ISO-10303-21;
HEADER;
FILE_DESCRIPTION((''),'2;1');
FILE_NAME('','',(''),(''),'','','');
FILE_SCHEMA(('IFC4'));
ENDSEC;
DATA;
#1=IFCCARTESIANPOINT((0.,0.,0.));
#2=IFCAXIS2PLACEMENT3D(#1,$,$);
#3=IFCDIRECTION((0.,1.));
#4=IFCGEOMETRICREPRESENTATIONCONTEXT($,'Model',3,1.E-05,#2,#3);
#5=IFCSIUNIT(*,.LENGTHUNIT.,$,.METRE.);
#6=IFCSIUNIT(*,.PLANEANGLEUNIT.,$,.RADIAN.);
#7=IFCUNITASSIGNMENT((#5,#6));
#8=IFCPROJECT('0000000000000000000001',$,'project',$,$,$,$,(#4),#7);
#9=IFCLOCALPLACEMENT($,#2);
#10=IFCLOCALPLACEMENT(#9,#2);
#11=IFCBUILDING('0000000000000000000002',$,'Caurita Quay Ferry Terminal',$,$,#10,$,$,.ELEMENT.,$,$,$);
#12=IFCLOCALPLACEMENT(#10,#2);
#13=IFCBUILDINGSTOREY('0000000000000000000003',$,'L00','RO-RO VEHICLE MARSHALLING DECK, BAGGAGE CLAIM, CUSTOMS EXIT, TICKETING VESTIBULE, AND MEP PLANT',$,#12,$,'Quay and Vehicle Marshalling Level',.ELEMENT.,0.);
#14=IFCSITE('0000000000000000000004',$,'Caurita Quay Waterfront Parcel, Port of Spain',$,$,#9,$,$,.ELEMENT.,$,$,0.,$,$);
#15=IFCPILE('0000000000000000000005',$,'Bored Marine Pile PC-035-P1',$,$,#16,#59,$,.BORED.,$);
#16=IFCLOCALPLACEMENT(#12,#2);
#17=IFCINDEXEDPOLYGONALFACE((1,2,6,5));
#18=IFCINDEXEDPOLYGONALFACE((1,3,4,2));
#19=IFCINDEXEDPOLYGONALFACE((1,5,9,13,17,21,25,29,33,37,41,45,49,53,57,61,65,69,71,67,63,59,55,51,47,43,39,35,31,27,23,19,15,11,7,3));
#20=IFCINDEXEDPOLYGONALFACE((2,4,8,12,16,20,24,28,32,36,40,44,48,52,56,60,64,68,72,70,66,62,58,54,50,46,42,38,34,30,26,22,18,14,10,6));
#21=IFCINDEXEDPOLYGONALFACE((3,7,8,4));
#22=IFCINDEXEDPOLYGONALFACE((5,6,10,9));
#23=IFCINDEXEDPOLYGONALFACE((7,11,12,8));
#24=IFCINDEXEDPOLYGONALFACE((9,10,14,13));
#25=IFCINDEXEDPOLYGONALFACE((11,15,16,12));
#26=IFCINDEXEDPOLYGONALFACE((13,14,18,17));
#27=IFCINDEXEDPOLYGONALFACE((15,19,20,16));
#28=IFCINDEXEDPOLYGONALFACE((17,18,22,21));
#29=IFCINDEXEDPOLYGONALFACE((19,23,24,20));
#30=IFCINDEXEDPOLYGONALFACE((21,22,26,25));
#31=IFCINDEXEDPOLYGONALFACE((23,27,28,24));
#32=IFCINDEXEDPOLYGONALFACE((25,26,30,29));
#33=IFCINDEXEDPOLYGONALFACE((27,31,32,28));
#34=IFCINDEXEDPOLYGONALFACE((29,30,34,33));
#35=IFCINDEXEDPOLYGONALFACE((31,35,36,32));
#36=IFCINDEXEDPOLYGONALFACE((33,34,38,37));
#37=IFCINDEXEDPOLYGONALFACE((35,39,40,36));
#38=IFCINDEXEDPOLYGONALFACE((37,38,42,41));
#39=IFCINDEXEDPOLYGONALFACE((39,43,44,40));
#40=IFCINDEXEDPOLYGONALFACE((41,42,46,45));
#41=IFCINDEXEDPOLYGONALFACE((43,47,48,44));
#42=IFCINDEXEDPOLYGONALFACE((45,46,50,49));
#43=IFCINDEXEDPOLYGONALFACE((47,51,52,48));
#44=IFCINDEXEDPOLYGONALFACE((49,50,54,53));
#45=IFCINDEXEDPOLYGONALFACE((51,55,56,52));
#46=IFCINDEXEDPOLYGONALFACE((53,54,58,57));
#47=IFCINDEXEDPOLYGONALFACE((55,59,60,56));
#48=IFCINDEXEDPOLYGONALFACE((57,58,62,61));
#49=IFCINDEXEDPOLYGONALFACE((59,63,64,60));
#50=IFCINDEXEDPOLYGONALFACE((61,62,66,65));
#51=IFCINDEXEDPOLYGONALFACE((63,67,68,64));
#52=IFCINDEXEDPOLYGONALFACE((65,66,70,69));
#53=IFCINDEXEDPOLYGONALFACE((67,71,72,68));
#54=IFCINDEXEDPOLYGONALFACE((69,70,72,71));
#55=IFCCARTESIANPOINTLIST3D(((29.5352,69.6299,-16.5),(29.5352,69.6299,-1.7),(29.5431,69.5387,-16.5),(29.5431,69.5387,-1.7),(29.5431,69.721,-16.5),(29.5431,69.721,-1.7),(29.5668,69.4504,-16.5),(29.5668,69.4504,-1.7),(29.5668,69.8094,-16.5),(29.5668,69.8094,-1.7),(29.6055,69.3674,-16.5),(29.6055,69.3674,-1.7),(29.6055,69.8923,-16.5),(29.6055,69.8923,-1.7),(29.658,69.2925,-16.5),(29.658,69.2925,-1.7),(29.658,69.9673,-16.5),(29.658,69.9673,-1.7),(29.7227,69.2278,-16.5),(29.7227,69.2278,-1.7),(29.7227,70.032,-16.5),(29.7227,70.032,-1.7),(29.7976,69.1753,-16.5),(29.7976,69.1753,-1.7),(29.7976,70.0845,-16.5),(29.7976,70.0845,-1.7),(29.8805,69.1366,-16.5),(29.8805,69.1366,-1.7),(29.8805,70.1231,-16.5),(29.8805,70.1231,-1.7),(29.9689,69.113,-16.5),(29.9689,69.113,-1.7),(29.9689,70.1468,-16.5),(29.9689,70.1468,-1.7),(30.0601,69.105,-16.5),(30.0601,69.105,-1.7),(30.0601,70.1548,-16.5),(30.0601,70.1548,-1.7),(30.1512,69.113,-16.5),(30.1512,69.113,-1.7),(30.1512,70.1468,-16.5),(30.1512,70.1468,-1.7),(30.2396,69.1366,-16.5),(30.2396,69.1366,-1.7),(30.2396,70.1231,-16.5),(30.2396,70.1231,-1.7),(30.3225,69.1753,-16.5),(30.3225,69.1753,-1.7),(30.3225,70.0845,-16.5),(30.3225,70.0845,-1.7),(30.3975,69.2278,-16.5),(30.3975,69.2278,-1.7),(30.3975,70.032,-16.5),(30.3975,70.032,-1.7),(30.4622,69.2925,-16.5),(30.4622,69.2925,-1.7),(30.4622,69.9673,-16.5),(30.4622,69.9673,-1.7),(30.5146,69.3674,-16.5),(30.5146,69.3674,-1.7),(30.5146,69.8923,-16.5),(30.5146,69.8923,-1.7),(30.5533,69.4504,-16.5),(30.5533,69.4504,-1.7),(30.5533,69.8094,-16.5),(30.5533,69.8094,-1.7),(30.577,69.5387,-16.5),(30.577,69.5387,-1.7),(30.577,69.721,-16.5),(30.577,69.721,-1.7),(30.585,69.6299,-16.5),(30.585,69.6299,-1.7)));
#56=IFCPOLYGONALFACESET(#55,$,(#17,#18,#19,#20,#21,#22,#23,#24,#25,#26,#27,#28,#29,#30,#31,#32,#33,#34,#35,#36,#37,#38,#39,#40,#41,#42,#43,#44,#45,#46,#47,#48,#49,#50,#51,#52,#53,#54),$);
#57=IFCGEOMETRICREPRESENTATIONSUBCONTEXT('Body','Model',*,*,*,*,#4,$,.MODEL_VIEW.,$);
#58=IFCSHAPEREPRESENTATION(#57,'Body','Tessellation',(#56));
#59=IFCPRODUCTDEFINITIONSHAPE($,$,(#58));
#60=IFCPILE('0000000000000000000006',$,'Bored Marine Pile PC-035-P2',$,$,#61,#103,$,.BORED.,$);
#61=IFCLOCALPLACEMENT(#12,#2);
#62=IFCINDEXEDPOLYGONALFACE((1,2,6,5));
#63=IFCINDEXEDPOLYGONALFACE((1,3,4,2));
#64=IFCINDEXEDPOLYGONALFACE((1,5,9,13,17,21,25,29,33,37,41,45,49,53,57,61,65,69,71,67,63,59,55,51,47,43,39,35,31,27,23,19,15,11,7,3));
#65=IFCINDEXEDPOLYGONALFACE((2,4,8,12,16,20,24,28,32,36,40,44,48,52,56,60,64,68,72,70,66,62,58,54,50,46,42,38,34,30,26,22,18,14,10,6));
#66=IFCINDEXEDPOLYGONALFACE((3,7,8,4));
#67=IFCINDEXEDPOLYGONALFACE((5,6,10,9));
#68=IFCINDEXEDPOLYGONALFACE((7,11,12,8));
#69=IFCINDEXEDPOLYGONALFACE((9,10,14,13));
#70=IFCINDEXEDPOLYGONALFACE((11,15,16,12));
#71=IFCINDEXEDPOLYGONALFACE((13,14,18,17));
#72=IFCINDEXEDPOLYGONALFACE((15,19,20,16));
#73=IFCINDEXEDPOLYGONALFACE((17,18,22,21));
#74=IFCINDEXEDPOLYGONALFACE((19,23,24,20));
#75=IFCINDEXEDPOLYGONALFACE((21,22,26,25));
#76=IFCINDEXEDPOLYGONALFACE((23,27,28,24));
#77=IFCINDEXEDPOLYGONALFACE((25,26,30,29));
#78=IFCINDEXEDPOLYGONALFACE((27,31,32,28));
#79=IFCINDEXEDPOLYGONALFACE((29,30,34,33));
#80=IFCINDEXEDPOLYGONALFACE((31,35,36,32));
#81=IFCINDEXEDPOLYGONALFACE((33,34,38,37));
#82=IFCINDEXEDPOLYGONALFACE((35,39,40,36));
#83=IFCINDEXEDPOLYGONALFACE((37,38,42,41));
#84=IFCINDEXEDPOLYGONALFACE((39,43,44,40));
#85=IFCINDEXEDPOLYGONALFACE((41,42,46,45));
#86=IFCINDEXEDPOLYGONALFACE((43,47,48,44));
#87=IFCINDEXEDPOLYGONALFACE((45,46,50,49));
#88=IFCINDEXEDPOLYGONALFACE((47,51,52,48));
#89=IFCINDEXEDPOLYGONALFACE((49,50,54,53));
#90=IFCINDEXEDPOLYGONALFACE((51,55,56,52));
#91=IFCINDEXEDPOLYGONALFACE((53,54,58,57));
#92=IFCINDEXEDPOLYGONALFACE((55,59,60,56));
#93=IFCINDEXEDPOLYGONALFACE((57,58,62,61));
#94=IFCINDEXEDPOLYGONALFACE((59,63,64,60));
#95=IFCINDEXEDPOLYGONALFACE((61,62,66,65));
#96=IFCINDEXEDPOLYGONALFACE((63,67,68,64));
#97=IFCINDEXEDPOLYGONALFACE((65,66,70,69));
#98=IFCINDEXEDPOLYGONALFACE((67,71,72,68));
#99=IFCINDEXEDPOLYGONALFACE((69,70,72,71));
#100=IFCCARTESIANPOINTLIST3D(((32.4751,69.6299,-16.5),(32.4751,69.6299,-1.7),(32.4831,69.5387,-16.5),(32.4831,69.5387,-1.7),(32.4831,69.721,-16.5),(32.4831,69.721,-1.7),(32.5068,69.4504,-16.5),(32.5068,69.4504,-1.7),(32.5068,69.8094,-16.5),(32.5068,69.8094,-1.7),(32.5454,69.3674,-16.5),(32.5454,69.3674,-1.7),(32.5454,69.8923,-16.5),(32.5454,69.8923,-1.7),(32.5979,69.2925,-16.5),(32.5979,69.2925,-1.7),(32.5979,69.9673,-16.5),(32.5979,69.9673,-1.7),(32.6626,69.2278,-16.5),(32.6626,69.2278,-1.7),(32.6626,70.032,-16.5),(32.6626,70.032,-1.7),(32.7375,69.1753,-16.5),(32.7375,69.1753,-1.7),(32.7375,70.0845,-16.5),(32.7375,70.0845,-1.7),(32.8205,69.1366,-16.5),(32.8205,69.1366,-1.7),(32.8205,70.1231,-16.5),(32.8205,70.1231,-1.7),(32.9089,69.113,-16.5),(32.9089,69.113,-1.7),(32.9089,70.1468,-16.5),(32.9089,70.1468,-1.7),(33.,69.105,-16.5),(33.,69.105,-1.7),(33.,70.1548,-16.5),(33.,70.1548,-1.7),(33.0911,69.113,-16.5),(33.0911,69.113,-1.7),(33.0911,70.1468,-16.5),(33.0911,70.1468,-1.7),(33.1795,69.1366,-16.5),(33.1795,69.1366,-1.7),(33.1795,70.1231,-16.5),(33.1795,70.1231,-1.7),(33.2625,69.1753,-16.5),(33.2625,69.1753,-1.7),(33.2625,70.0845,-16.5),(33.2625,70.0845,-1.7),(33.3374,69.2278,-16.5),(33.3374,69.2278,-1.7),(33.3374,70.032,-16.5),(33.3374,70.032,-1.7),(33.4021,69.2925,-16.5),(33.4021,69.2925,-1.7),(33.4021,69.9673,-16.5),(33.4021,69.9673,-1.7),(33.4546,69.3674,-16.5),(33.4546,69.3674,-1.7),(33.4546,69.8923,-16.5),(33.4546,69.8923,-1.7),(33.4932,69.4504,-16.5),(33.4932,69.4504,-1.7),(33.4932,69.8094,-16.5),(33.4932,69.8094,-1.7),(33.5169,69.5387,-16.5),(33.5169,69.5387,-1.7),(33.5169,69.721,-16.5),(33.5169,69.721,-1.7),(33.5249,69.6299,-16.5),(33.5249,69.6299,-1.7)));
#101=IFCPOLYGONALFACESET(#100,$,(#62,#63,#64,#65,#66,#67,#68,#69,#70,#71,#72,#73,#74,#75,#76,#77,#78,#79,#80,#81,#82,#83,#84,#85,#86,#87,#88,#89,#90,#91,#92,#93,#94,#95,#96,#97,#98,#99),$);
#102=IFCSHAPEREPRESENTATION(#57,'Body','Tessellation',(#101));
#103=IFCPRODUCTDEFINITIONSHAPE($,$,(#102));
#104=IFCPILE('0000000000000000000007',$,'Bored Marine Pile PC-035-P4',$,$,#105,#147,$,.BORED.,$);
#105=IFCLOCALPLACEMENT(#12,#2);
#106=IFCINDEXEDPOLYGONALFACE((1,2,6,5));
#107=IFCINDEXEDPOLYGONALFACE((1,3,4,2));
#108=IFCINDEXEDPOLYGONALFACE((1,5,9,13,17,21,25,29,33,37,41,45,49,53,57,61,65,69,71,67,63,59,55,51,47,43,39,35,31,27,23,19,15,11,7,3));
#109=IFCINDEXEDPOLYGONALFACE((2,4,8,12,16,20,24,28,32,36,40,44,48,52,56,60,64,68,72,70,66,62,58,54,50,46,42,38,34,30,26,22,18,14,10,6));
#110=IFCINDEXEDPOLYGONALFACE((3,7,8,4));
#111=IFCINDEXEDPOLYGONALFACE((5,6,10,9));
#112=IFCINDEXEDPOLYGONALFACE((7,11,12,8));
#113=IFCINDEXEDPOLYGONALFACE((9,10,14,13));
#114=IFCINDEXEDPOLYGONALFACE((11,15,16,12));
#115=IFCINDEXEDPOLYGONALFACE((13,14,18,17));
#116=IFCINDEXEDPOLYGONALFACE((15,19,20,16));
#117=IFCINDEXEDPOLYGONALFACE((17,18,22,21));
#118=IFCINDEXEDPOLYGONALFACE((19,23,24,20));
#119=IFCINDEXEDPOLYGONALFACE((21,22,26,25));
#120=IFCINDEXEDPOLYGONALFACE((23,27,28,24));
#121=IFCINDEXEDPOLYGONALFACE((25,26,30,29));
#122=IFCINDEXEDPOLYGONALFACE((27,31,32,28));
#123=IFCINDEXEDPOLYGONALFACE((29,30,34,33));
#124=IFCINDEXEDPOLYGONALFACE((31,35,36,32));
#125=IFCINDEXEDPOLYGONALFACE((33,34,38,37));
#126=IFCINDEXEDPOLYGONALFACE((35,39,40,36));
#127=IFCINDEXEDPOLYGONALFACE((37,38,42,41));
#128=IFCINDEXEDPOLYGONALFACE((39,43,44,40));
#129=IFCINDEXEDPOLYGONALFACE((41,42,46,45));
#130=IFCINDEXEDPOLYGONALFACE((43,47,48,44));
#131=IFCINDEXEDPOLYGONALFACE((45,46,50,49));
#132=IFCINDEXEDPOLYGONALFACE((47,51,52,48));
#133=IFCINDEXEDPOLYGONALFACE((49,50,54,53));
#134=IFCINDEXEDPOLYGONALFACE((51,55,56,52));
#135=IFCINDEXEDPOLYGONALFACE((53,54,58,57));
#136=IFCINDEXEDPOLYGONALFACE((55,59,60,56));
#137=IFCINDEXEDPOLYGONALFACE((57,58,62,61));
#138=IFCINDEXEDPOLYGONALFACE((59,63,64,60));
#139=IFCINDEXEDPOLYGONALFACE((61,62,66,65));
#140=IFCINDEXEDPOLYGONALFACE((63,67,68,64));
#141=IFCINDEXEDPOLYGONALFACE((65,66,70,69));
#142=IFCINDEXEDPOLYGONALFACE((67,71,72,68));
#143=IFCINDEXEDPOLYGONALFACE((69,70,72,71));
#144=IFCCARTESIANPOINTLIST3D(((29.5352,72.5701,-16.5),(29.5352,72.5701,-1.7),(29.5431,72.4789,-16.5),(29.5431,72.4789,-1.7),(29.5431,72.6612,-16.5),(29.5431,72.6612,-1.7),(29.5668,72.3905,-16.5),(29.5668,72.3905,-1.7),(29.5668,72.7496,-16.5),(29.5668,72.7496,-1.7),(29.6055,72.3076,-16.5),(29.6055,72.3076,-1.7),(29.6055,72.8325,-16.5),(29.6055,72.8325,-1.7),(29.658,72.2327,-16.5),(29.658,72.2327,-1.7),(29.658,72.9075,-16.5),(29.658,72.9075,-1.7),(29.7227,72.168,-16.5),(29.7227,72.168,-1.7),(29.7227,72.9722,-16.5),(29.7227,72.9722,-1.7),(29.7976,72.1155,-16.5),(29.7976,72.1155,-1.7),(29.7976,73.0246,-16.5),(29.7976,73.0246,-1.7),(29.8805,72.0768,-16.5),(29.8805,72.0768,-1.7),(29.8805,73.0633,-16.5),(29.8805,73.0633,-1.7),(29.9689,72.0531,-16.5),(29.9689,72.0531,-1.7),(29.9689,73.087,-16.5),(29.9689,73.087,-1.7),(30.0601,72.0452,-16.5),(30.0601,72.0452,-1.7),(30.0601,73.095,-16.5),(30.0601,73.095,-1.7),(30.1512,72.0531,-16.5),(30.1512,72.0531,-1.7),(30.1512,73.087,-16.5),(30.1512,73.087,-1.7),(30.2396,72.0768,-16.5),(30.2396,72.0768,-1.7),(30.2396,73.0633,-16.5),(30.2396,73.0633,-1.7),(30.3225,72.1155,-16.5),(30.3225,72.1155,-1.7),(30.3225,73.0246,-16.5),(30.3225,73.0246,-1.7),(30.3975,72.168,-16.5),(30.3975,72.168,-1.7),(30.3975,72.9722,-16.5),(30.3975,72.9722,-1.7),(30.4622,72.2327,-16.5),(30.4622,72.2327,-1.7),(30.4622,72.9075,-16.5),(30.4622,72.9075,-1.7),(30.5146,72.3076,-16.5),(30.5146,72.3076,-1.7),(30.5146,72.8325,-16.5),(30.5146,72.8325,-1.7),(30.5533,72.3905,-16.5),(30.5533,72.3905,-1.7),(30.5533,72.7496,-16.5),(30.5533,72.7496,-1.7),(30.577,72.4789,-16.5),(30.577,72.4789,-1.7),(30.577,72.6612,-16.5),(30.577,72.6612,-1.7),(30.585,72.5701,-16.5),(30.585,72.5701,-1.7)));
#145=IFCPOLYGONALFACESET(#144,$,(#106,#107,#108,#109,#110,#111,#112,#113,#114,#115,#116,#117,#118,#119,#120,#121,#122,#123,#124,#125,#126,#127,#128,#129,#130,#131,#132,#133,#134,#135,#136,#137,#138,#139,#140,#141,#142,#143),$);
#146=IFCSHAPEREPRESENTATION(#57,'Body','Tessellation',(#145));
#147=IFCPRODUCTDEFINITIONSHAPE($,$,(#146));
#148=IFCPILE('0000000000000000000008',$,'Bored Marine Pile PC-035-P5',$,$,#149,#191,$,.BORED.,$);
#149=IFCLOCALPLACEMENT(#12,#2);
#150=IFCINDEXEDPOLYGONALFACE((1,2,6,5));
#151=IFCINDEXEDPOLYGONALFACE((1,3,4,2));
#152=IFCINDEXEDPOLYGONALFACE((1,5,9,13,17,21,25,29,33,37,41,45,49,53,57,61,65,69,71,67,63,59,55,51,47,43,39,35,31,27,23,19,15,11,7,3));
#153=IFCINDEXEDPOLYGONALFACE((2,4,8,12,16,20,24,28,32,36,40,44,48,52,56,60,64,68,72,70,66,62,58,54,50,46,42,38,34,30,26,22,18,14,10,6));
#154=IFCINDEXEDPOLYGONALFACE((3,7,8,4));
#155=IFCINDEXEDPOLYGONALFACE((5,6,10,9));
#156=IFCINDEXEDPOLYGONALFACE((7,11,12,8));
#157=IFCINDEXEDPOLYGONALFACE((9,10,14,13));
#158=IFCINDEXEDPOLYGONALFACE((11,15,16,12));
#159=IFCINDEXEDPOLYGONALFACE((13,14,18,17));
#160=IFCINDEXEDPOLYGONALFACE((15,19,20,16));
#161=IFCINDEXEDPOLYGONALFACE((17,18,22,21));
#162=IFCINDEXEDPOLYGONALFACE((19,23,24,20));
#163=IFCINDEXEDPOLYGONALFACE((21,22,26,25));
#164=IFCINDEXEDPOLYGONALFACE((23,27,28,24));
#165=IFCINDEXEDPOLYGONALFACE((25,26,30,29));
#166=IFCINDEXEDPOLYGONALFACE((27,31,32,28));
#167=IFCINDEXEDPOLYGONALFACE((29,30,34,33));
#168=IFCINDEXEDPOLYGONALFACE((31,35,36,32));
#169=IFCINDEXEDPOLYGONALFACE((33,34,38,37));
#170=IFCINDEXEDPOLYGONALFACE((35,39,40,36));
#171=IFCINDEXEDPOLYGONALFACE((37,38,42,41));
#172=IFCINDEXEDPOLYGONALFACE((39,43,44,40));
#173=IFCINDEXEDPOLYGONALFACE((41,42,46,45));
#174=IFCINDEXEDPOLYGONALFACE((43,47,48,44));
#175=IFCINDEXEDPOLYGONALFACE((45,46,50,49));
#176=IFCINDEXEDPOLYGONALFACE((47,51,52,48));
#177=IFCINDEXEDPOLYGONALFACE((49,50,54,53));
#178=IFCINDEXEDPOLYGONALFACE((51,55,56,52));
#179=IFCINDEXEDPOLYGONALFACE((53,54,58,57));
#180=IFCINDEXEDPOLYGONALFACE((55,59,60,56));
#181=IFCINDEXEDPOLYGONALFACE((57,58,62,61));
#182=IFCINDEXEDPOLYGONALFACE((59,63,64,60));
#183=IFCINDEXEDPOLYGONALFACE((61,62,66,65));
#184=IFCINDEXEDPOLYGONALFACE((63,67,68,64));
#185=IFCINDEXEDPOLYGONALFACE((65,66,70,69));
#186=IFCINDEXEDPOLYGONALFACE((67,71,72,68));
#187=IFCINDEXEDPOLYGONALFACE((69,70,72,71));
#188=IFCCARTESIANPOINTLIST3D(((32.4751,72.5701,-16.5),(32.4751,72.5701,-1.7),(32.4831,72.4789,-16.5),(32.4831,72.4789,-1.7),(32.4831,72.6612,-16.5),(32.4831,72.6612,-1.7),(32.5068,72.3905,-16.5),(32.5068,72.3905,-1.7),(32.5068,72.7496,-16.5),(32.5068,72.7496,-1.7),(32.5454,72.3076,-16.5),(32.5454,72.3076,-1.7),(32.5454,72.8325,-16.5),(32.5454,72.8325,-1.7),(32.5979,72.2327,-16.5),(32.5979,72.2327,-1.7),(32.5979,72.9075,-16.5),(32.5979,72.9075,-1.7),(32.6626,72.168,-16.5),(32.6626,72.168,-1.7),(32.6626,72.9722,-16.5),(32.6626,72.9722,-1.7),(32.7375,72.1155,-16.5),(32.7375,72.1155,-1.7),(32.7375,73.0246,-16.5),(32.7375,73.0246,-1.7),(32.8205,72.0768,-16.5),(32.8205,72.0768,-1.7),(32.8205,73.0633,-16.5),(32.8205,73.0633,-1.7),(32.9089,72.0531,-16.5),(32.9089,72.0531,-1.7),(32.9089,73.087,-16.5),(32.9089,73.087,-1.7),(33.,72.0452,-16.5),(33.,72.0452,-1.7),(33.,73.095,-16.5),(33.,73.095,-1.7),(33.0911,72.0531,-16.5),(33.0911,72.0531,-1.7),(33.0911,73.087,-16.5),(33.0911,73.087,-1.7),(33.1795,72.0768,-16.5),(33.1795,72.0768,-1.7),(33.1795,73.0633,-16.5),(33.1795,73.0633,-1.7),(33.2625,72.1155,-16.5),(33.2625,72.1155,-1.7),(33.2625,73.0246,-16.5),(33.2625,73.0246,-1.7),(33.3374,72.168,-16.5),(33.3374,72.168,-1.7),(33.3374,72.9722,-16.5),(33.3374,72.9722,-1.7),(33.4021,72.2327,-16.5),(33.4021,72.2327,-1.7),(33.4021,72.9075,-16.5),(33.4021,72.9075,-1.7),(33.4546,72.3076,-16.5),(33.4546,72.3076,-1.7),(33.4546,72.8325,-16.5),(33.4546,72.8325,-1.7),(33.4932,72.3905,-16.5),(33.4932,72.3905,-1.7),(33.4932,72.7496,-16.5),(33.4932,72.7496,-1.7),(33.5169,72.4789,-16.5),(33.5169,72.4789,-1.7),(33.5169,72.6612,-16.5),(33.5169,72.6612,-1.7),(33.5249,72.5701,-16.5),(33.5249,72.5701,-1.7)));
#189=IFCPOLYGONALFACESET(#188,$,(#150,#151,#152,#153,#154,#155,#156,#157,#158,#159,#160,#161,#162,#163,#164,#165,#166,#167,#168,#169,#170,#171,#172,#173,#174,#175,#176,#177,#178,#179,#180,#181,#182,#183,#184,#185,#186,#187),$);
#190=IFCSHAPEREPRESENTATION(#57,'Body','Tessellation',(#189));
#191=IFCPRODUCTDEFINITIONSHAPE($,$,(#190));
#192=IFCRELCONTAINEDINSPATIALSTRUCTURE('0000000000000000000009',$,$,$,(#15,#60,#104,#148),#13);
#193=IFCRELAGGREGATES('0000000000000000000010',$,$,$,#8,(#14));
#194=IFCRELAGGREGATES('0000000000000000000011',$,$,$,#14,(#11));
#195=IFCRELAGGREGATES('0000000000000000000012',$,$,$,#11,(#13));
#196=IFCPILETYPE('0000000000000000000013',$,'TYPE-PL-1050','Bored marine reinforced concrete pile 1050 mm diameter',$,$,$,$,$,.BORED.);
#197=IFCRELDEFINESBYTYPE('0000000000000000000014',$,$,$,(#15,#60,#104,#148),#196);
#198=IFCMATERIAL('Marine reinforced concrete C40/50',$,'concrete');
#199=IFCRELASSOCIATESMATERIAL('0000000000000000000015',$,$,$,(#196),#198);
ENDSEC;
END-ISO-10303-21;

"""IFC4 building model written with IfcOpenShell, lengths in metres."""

from ifc_helpers import new_model, si_unit, direction, frame, origin, origin_2d, place, context, subcontext, project, spatial, circle, extrude, material, material_profile, profile_set, type_object, element, save


model = new_model("IFC4")

# Units and contexts
model_context = context("Model", 3, precision=1e-05, world=origin(), true_north=direction((0.0, 1.0)))
body_context = subcontext(model_context, "Body", "Model", "MODEL_VIEW")
ifc_project = project(units=[si_unit("LENGTHUNIT", "METRE"), si_unit("PLANEANGLEUNIT", "RADIAN")], contexts=[model_context])

# Site, building, storey
site_placement = place(None, origin())
site = spatial("IfcSite", under=ifc_project, at=site_placement, Name="Caurita Quay Waterfront Parcel, Port of Spain", CompositionType="ELEMENT", RefElevation=0.0)
building_placement = place(site_placement, origin())
building = spatial("IfcBuilding", under=site, at=building_placement, Name="Caurita Quay Ferry Terminal", CompositionType="ELEMENT")
storey_placement = place(building_placement, origin())
storey = spatial("IfcBuildingStorey", under=building, at=storey_placement, Name="L00", Description="RO-RO VEHICLE MARSHALLING DECK, BAGGAGE CLAIM, CUSTOMS EXIT, TICKETING VESTIBULE, AND MEP PLANT", LongName="Quay and Vehicle Marshalling Level", CompositionType="ELEMENT", Elevation=0.0)

# Piles
ifc_material_1 = material(Name="Marine reinforced concrete C40/50", Category="concrete")
ifc_material_profile_1 = material_profile(ifc_material_1, circle(Radius=0.5249, at=origin_2d()), Name="PILE-D1050")
ifc_profile_set_1 = profile_set([ifc_material_profile_1], Name="Marine reinforced concrete C40/50")
pile_type = type_object("IfcPileType", Name="TYPE-PL-1050", Description="Bored marine reinforced concrete pile 1050 mm diameter", PredefinedType="BORED", material=ifc_profile_set_1)
for number, where, z_axis, x_axis, name in (
    (1, (30.0601, 69.6299, -1.7), (0.0, 0.0, -1.0), (1.0, 0.0, 0.0), "Bored Marine Pile PC-035-P1"),
    (2, (33.0, 69.6299, -1.7), (0.0, 0.0, -1.0), (1.0, 0.0, 0.0), "Bored Marine Pile PC-035-P2"),
    (3, (30.0601, 72.5701, -1.7), (0.0, 0.0, -1.0), (1.0, 0.0, 0.0), "Bored Marine Pile PC-035-P4"),
    (4, (33.0, 72.5701, -1.7), (0.0, 0.0, -1.0), (1.0, 0.0, 0.0), "Bored Marine Pile PC-035-P5"),
):
    element("IfcPile", number, at=place(storey_placement, frame(where, z_axis=z_axis, x_axis=x_axis)), inside=storey, type_object=pile_type, Name=name, PredefinedType="BORED", context=body_context, shape_type="SweptSolid", body=[
        extrude(circle(Radius=0.5249, at=origin_2d()), origin(), (0.0, 0.0, 1.0), 14.8),
    ])

save(model, "model.ifc")
